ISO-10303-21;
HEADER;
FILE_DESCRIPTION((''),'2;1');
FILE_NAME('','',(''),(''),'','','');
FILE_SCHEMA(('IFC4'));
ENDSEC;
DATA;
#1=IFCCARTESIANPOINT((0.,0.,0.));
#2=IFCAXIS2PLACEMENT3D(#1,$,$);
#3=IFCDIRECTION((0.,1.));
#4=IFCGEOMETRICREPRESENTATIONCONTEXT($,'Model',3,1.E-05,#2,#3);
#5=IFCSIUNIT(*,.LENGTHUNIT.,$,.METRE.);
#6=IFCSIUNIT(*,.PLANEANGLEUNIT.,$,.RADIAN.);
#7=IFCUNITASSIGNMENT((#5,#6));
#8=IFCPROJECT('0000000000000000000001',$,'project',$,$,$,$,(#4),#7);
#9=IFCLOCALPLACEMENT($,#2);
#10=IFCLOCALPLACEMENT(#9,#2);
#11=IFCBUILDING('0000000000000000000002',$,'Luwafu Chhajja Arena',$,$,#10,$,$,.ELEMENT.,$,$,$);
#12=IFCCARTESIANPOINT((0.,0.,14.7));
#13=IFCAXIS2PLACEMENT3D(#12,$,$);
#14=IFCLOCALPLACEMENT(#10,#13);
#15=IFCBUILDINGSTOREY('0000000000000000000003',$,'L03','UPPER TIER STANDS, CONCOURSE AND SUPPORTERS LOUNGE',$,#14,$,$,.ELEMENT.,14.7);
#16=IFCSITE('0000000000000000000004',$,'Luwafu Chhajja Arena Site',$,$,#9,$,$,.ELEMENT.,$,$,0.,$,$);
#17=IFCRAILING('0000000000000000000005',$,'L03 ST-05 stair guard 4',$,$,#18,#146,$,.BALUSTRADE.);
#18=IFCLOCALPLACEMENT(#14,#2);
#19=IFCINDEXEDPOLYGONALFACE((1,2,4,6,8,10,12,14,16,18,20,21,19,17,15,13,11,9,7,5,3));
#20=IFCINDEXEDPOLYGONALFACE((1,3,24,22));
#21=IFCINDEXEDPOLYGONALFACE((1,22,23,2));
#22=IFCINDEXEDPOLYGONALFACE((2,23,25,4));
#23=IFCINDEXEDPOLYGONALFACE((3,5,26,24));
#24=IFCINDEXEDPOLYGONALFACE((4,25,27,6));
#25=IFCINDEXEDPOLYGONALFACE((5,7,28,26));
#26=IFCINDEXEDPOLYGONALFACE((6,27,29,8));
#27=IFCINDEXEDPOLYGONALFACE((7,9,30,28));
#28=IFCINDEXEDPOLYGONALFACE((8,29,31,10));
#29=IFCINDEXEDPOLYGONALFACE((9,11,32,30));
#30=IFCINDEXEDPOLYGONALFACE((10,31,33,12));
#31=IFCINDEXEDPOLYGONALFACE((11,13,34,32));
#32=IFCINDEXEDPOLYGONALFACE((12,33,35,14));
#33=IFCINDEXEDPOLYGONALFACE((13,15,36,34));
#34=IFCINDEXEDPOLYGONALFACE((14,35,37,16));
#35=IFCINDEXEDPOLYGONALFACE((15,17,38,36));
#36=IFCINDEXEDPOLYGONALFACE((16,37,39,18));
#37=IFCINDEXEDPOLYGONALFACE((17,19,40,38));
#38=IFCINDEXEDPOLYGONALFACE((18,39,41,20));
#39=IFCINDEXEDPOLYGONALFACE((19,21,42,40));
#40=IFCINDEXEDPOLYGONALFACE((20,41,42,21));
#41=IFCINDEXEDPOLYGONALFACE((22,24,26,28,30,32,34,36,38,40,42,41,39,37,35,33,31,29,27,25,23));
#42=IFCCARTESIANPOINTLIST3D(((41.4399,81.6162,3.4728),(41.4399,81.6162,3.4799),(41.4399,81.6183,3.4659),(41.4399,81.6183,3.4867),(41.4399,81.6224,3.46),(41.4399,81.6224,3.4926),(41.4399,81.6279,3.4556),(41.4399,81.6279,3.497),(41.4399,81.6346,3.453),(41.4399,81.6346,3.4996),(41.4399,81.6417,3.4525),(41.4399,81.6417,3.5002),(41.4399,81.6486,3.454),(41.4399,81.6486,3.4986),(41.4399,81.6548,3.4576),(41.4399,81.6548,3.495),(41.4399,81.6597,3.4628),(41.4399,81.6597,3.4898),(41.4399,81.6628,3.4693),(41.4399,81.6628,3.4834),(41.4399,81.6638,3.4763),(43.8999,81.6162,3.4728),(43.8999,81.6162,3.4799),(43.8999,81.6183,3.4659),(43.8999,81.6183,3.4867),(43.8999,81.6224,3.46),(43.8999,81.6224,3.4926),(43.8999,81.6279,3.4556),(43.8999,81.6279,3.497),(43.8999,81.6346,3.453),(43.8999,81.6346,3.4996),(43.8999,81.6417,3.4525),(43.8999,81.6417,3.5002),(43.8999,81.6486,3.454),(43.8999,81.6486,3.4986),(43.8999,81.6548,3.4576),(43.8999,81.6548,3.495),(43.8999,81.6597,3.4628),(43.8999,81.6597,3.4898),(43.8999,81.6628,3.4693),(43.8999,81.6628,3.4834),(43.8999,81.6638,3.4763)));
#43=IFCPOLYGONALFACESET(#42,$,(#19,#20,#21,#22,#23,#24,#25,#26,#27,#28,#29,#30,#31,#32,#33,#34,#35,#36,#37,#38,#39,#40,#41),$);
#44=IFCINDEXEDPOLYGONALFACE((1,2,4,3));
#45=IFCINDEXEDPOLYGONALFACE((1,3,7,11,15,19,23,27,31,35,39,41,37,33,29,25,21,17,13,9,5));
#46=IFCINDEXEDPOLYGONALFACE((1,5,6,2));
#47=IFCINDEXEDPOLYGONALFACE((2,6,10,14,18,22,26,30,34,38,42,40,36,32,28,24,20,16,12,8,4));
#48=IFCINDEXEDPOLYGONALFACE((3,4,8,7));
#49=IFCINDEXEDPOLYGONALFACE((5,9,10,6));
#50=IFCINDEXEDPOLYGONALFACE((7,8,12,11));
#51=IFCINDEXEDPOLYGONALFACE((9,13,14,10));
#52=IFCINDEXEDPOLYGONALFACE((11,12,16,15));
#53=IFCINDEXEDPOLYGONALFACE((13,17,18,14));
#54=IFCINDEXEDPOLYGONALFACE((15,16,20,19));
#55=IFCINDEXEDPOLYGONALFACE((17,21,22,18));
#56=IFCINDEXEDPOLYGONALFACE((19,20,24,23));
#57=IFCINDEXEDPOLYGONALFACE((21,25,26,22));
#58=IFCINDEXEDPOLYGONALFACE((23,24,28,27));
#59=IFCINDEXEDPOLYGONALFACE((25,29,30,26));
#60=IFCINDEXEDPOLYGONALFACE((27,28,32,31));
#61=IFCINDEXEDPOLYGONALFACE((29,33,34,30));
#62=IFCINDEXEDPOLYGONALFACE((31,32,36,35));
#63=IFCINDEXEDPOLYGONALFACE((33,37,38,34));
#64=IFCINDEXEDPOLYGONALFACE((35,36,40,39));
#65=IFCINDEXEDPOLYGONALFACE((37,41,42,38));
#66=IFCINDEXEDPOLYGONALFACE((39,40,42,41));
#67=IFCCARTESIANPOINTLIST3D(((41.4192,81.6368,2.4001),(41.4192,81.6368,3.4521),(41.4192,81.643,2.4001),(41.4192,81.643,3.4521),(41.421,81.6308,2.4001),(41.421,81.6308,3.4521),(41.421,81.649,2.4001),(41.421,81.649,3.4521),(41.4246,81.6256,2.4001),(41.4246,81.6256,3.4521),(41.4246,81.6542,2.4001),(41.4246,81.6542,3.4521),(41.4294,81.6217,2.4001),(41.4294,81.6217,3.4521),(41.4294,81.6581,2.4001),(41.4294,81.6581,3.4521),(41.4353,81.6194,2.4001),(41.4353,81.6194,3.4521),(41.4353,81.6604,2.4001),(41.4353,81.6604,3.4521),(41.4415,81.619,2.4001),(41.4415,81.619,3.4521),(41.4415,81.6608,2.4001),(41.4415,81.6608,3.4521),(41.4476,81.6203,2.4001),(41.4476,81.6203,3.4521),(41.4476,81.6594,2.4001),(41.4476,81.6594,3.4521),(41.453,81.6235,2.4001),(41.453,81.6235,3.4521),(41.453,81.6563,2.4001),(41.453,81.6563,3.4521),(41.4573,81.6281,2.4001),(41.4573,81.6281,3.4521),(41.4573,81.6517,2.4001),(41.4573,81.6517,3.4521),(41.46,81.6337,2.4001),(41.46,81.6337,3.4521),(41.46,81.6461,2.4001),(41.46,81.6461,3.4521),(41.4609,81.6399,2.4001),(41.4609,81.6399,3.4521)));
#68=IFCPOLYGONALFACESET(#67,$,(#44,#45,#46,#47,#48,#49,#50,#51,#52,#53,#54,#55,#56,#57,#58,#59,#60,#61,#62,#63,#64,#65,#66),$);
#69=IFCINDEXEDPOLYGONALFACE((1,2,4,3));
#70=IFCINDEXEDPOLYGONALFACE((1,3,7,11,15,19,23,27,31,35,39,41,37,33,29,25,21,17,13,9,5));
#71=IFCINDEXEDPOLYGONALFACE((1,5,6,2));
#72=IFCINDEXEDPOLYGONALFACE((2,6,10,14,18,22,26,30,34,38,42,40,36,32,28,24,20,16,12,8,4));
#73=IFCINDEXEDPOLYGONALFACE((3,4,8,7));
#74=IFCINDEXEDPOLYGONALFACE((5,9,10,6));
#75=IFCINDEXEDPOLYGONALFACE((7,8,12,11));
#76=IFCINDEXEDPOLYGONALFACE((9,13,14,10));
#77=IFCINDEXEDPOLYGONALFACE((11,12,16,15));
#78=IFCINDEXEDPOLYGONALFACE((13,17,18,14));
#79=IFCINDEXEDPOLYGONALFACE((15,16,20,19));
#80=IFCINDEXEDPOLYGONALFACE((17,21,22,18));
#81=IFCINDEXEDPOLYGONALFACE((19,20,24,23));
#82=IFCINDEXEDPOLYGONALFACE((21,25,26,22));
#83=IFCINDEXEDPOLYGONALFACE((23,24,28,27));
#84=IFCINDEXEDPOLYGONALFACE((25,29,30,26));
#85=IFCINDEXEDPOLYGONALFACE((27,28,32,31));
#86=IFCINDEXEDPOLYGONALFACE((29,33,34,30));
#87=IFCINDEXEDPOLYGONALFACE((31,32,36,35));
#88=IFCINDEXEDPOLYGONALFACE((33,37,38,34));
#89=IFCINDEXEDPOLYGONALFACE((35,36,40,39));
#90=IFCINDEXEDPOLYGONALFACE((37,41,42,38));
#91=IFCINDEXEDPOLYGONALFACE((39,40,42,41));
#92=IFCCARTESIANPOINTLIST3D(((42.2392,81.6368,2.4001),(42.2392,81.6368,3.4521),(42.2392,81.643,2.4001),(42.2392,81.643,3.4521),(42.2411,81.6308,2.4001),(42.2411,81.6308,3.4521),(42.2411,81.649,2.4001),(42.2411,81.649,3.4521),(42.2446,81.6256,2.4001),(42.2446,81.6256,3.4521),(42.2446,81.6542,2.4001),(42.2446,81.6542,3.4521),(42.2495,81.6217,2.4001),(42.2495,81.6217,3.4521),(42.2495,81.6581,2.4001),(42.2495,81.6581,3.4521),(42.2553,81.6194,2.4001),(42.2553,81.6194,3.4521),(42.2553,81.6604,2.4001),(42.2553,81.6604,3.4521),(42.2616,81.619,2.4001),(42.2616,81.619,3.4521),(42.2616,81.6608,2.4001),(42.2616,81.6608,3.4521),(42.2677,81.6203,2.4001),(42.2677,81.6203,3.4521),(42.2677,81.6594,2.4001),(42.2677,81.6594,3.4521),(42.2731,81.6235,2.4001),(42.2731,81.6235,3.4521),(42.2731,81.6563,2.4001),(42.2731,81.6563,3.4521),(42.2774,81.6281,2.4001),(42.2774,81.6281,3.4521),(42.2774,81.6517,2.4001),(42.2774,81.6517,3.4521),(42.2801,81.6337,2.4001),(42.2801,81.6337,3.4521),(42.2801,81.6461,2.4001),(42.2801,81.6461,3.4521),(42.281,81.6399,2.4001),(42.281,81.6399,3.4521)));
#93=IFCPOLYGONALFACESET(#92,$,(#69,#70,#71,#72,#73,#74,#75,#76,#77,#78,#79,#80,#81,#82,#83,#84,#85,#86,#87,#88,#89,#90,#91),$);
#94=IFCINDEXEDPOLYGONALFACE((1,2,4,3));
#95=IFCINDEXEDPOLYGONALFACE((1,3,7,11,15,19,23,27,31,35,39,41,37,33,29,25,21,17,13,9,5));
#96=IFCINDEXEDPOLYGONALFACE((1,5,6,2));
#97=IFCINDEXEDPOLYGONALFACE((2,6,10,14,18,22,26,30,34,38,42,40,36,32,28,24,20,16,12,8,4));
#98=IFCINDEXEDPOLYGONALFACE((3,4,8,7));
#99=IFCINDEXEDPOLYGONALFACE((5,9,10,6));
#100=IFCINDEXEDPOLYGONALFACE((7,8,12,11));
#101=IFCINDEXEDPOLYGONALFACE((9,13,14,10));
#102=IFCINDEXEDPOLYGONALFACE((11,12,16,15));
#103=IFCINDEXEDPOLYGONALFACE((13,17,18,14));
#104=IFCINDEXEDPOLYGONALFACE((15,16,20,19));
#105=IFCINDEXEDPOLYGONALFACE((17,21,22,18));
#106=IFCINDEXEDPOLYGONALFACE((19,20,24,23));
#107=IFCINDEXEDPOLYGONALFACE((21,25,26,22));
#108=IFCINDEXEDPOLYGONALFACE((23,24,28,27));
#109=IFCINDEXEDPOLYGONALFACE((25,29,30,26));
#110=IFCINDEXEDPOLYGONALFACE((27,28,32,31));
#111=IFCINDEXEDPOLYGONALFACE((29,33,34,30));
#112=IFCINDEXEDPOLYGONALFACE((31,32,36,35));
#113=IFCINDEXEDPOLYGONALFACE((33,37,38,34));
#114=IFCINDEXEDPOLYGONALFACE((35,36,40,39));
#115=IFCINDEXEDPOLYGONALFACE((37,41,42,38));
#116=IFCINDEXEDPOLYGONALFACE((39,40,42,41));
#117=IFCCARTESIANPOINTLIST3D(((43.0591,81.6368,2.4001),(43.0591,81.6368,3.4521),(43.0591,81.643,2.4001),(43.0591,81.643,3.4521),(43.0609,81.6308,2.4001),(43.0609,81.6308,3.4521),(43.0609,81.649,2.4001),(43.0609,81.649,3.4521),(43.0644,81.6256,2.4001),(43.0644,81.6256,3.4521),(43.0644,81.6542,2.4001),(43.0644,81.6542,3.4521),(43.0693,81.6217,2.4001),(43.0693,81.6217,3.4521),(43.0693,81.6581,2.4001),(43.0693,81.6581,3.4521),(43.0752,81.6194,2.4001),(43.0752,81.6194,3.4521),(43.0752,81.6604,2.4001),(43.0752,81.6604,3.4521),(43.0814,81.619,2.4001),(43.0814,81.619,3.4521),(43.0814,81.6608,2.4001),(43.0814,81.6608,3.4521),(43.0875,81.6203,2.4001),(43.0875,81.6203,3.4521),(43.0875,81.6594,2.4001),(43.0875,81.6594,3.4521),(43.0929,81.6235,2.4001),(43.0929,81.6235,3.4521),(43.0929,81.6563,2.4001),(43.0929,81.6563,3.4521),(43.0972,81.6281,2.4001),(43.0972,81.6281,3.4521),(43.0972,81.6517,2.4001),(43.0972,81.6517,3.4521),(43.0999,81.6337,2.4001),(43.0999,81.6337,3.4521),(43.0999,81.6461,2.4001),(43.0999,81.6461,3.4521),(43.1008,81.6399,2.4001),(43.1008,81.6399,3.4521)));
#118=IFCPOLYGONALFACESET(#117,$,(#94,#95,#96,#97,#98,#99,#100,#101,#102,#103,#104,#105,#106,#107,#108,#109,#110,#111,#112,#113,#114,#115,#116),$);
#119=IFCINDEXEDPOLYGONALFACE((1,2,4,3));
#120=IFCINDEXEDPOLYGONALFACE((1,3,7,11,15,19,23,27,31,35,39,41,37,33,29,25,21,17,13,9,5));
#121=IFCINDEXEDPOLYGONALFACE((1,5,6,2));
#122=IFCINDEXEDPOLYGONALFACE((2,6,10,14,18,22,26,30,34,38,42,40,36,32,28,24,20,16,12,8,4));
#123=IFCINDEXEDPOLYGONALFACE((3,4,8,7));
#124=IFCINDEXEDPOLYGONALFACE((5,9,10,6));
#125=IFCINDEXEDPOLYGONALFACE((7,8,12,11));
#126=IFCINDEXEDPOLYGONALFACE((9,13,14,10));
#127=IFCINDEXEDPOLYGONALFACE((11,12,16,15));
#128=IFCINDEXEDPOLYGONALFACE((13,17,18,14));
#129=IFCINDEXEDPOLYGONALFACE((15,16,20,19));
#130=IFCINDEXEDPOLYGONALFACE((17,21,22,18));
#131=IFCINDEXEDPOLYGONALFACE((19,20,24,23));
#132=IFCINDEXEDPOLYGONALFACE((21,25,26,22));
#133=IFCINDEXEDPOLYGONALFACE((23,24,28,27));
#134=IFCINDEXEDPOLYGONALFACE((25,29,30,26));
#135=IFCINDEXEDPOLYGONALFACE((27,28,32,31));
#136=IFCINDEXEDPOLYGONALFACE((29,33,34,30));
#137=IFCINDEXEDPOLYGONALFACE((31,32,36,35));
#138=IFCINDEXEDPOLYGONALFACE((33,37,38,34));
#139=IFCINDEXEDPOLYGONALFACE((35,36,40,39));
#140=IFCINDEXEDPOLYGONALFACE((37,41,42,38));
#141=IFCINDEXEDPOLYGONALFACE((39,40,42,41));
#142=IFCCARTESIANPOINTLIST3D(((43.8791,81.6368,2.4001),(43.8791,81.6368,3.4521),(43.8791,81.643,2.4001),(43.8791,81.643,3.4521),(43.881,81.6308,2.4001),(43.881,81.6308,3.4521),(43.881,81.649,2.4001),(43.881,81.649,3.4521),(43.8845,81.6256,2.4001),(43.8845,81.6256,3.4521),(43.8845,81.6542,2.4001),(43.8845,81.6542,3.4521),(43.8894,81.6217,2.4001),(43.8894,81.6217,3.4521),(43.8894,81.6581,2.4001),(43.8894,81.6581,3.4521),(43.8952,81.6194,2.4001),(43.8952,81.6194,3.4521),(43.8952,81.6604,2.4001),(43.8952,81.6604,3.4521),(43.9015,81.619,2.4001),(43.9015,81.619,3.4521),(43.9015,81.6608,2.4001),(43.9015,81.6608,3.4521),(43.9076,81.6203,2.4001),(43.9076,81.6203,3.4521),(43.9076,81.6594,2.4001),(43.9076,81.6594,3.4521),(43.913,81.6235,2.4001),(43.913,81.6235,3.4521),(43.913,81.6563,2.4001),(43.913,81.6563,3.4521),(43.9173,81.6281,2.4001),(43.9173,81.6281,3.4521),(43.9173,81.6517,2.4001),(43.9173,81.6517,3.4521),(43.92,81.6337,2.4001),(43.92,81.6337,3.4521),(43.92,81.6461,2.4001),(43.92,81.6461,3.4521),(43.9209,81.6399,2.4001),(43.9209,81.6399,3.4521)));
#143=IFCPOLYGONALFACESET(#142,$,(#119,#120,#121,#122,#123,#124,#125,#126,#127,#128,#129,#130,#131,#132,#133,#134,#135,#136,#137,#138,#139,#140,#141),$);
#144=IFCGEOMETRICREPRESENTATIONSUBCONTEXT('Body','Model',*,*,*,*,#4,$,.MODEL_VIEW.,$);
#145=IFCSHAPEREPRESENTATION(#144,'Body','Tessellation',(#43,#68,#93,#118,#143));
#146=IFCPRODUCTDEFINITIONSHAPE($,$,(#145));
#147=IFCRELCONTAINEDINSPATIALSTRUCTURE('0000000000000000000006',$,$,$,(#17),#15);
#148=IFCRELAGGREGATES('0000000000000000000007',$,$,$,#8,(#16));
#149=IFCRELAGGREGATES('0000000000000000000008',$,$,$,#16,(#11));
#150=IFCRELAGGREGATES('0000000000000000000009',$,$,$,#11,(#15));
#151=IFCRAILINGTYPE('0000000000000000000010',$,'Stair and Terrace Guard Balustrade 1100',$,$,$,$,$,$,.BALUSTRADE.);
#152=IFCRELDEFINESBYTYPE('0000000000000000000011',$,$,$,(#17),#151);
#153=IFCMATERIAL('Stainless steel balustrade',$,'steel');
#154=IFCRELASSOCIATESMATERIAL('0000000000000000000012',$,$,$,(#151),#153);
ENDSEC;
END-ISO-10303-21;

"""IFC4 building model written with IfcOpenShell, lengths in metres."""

from ifc_helpers import new_model, si_unit, direction, frame, origin, origin_2d, place, context, subcontext, project, spatial, circle, extrude, material, type_object, element, save


model = new_model("IFC4")

# Units and contexts
model_context = context("Model", 3, precision=1e-05, world=origin(), true_north=direction((0.0, 1.0)))
body_context = subcontext(model_context, "Body", "Model", "MODEL_VIEW")
ifc_project = project(units=[si_unit("LENGTHUNIT", "METRE"), si_unit("PLANEANGLEUNIT", "RADIAN")], contexts=[model_context])

# Site, building, storey
site_placement = place(None, origin())
site = spatial("IfcSite", under=ifc_project, at=site_placement, Name="Luwafu Chhajja Arena Site", CompositionType="ELEMENT", RefElevation=0.0)
building_placement = place(site_placement, origin())
building = spatial("IfcBuilding", under=site, at=building_placement, Name="Luwafu Chhajja Arena", CompositionType="ELEMENT")
storey_placement = place(building_placement, frame((0.0, 0.0, 14.7)))
storey = spatial("IfcBuildingStorey", under=building, at=storey_placement, Name="L03", Description="UPPER TIER STANDS, CONCOURSE AND SUPPORTERS LOUNGE", CompositionType="ELEMENT", Elevation=14.7)

# Railing
ifc_material_1 = material(Name="Stainless steel balustrade", Category="steel")
railing_type_1 = type_object("IfcRailingType", Name="Stair and Terrace Guard Balustrade 1100", PredefinedType="BALUSTRADE", material=ifc_material_1)
for number, where, name in (
    (1, (41.4399, 81.6399, 2.4001), "L03 ST-05 stair guard 4"),
):
    element("IfcRailing", number, at=place(storey_placement, frame(where)), inside=storey, type_object=railing_type_1, Name=name, PredefinedType="BALUSTRADE", context=body_context, shape_type="SweptSolid", body=[
        extrude(circle(Radius=0.0239, at=origin_2d()), frame((0.0, 0.0, 1.0762), z_axis=(1.0, 0.0, 0.0), x_axis=(0.0, 1.0, 0.0)), (0.0, 0.0, 1.0), 2.46),
        extrude(circle(Radius=0.021, at=origin_2d()), origin(), (0.0, 0.0, 1.0), 1.052),
        extrude(circle(Radius=0.021, at=origin_2d()), frame((0.8201, 0.0, 0.0)), (0.0, 0.0, 1.0), 1.052),
        extrude(circle(Radius=0.021, at=origin_2d()), frame((1.6399, 0.0, 0.0)), (0.0, 0.0, 1.0), 1.052),
        extrude(circle(Radius=0.021, at=origin_2d()), frame((2.46, 0.0, 0.0)), (0.0, 0.0, 1.0), 1.052),
    ])

save(model, "model.ifc")
